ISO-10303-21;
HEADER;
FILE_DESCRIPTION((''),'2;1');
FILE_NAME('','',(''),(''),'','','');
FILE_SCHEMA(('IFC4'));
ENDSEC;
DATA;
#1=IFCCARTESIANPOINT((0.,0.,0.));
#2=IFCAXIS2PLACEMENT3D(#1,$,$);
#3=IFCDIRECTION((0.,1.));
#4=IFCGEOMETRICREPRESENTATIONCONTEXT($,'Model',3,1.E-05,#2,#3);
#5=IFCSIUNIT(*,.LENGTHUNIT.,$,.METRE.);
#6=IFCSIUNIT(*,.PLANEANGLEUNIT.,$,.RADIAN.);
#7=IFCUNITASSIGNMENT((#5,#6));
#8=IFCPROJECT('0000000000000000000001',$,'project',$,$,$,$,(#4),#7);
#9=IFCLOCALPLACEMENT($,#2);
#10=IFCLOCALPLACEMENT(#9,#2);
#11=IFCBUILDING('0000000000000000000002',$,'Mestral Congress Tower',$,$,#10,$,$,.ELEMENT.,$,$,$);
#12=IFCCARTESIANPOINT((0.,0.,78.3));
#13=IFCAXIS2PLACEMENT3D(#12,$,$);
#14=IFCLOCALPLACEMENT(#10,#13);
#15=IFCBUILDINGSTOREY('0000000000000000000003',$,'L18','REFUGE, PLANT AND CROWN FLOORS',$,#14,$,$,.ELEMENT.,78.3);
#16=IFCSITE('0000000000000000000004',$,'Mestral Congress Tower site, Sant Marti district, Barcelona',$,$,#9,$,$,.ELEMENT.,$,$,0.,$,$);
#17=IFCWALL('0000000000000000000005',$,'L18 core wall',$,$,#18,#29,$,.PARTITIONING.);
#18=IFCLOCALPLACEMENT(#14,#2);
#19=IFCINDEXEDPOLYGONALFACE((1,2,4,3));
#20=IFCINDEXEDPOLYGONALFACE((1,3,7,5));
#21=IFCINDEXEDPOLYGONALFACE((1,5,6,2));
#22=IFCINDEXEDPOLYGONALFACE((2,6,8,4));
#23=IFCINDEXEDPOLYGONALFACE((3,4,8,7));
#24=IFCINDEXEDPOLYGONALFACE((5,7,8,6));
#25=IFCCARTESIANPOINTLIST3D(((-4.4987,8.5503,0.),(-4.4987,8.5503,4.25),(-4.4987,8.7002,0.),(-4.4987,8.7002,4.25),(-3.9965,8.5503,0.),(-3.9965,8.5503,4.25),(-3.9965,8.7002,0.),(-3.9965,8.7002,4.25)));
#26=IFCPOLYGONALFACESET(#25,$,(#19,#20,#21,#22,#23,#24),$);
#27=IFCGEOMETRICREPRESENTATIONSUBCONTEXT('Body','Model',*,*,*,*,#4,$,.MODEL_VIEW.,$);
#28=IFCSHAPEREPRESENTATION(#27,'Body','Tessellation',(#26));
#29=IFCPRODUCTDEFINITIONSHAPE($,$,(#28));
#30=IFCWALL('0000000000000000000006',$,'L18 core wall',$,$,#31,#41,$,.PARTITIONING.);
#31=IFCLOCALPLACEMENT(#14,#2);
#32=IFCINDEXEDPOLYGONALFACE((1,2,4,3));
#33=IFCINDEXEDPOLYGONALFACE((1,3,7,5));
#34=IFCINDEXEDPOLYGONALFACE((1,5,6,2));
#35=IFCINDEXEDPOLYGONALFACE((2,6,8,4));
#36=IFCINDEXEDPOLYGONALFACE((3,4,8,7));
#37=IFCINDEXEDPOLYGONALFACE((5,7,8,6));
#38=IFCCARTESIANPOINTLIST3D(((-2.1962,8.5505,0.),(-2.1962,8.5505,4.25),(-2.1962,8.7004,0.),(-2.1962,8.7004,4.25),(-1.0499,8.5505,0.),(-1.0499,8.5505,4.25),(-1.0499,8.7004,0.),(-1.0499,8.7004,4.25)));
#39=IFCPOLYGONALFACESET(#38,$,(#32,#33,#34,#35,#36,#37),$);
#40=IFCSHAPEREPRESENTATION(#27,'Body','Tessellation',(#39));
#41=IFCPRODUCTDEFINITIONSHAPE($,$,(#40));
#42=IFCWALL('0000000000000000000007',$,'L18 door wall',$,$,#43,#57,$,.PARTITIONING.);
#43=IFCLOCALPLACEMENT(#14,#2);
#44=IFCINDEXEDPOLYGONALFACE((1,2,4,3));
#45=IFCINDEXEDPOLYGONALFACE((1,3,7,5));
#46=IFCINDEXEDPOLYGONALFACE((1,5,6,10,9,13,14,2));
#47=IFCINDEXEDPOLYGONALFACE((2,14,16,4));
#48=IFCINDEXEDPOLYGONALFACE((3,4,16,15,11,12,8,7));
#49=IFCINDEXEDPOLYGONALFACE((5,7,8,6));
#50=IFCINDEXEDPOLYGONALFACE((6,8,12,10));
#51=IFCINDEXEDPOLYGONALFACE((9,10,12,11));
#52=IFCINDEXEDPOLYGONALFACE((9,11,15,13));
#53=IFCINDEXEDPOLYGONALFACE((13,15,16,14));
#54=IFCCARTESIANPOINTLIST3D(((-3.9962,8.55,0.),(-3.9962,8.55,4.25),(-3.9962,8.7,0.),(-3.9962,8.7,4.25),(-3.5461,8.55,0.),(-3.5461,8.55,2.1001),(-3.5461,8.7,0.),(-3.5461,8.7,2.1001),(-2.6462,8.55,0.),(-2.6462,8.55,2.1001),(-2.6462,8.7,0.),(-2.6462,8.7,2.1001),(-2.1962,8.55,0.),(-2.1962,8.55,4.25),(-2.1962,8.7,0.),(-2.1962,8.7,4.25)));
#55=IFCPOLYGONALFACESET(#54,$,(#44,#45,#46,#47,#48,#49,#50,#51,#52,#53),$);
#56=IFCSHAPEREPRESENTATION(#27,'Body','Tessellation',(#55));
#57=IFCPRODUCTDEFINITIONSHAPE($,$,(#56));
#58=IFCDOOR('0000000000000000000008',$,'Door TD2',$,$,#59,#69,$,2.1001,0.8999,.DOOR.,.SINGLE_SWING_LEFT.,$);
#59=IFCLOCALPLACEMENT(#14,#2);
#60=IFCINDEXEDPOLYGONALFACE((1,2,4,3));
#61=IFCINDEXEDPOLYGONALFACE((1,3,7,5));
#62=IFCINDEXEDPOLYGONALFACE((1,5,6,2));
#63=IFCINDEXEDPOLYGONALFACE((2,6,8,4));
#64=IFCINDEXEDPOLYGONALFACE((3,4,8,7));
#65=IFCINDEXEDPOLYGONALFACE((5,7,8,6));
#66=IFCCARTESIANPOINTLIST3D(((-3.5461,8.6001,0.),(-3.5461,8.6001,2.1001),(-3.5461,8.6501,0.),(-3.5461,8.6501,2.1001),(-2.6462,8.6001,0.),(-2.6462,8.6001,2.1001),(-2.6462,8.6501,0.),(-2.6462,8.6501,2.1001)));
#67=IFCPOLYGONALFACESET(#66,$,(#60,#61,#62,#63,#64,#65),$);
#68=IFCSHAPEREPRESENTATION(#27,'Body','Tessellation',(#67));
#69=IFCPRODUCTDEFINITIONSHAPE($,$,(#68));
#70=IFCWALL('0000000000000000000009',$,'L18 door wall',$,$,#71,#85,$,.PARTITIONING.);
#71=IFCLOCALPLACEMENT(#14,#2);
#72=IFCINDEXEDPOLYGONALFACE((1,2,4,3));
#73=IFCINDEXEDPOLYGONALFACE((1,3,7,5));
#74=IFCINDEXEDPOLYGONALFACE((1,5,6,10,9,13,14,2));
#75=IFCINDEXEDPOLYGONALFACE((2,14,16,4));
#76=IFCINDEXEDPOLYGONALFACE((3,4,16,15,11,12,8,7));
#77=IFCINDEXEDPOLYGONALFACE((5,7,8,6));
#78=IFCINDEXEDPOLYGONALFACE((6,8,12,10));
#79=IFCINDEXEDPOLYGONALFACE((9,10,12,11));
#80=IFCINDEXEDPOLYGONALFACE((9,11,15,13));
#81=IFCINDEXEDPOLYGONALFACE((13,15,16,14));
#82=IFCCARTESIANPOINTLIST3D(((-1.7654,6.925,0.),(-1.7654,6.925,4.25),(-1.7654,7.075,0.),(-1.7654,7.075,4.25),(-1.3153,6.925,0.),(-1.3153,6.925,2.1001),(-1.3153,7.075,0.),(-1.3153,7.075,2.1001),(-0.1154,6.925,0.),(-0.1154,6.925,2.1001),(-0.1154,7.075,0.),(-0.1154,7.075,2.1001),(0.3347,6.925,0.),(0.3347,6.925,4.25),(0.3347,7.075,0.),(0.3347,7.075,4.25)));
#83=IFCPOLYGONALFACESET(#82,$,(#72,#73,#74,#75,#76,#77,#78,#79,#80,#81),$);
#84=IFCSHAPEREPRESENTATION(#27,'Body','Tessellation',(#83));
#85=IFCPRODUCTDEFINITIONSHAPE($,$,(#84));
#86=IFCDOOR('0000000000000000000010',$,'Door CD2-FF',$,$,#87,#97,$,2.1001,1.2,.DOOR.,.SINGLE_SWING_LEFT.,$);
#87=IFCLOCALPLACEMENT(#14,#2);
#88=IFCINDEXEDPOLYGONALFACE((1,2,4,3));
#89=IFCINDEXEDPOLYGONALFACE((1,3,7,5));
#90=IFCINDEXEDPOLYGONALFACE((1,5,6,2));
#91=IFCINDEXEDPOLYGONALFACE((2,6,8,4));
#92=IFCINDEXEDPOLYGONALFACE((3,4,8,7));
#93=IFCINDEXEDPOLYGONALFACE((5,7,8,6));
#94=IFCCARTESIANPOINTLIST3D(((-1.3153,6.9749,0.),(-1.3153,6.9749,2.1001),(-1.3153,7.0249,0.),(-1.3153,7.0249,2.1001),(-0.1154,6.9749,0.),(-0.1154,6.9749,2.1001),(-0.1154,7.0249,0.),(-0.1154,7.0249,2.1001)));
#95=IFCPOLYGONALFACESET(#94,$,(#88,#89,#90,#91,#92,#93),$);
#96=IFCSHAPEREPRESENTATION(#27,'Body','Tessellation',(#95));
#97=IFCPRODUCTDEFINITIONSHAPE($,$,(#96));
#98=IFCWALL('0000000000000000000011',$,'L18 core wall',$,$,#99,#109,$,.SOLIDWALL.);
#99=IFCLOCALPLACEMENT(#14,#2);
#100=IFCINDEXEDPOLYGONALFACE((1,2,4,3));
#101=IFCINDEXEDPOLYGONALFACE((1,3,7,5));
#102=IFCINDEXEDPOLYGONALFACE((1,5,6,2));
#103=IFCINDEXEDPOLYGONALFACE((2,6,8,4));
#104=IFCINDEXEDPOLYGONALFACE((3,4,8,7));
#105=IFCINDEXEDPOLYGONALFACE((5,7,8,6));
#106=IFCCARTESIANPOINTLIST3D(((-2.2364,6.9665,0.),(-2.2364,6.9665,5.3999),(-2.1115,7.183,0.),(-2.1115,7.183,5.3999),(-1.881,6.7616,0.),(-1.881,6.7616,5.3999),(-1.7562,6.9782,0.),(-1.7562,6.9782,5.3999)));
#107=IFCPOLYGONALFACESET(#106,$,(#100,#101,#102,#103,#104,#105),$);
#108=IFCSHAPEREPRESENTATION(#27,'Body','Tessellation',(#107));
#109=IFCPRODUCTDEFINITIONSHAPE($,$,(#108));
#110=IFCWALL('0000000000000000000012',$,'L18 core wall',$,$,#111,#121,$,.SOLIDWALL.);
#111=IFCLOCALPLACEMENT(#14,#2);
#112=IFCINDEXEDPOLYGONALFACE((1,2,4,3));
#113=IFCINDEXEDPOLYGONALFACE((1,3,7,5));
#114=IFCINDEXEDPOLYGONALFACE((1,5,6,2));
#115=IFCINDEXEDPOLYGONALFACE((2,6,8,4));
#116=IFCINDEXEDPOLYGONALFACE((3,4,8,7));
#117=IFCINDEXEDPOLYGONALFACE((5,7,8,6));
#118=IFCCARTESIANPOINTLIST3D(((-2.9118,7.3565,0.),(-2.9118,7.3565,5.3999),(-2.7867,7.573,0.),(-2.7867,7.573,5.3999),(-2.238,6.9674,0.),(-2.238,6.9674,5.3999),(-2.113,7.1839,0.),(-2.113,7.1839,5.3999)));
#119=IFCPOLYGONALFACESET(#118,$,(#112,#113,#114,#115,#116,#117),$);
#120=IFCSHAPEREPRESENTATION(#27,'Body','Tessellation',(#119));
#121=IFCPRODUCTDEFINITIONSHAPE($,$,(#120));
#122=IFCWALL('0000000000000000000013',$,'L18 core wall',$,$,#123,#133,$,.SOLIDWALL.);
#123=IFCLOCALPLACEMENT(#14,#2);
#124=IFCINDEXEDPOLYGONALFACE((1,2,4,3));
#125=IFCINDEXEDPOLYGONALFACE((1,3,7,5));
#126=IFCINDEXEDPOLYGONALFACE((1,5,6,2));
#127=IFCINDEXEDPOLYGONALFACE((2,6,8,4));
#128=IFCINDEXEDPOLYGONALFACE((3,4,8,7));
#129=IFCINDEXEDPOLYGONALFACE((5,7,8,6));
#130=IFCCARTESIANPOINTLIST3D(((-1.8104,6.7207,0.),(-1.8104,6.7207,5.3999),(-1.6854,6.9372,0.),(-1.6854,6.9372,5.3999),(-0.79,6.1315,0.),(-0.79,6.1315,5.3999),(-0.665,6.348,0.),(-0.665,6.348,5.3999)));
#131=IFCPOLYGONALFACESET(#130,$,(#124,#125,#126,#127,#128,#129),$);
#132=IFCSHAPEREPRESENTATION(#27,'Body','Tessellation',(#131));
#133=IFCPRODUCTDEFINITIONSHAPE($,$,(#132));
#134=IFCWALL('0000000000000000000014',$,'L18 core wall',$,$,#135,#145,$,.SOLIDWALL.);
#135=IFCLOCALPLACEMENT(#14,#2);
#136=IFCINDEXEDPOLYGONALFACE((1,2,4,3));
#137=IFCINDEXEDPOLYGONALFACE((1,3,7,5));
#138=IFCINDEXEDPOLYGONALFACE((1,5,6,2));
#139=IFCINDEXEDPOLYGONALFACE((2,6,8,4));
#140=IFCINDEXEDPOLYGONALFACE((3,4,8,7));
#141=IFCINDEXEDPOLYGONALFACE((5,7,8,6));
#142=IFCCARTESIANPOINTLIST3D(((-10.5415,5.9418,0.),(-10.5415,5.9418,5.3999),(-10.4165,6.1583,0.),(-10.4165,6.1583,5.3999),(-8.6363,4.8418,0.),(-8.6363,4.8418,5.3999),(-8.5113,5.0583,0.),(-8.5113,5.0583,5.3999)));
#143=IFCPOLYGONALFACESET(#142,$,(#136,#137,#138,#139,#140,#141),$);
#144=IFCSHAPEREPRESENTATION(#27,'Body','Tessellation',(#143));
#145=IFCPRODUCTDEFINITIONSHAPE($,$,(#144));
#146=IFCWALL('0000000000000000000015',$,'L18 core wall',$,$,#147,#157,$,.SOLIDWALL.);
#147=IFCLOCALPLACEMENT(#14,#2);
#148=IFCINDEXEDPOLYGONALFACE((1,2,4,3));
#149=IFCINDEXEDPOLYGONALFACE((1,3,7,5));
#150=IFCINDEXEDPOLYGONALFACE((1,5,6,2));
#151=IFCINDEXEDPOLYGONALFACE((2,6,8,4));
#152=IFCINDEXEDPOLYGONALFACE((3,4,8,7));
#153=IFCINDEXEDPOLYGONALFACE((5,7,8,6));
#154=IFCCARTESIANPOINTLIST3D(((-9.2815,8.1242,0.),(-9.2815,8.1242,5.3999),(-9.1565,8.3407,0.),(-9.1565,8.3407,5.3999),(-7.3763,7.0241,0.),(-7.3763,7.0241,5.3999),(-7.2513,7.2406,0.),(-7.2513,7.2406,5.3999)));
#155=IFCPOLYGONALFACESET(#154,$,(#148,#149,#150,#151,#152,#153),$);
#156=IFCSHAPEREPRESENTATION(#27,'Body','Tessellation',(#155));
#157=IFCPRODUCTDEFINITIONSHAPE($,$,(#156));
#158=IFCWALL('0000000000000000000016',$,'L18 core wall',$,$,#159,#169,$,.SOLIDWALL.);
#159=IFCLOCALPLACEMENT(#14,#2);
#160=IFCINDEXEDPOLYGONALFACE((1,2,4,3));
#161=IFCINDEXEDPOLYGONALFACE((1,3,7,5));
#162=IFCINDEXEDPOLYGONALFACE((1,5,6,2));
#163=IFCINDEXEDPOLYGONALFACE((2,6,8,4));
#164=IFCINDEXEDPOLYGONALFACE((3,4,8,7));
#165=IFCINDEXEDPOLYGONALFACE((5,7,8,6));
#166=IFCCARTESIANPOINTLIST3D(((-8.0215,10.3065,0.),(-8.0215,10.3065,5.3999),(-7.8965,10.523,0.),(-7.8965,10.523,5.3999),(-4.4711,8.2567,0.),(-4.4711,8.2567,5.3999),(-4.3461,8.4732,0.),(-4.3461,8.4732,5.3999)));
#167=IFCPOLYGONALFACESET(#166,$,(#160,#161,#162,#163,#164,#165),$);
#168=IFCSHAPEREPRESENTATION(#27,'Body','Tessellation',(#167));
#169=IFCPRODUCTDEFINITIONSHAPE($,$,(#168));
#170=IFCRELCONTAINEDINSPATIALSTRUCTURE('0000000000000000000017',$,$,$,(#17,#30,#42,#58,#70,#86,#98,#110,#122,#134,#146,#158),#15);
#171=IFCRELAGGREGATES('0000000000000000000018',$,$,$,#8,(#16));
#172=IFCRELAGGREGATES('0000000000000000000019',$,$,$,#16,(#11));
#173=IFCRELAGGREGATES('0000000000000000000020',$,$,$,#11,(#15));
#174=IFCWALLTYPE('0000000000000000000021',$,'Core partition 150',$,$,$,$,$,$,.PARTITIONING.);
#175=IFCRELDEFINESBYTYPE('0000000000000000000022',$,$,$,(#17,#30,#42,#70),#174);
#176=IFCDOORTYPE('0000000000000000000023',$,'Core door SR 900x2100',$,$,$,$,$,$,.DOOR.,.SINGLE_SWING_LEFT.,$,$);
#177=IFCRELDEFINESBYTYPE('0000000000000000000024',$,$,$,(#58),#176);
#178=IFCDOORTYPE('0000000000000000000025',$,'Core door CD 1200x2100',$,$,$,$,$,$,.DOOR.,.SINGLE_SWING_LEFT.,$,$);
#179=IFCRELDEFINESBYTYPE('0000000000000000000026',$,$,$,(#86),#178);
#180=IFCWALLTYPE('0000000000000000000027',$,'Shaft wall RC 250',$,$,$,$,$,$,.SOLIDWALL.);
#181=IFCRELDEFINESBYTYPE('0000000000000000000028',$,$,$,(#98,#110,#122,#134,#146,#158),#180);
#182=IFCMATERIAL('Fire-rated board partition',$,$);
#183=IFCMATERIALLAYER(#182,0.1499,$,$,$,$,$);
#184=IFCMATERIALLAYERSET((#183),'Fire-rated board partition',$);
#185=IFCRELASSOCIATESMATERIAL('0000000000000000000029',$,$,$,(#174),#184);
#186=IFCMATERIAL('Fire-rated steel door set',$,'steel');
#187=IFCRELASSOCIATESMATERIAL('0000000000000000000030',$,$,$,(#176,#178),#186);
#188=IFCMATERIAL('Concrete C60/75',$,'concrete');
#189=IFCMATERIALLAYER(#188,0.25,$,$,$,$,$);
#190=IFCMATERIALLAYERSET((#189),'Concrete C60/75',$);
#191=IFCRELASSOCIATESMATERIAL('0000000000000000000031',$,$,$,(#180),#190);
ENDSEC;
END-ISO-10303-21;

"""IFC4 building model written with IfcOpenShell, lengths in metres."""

from ifc_helpers import new_model, si_unit, direction, frame, frame_2d, origin, place, context, subcontext, project, spatial, rectangle, extrude, material, layer, layer_set, type_object, element, fill, save


model = new_model("IFC4")

# Units and contexts
model_context = context("Model", 3, precision=1e-05, world=origin(), true_north=direction((0.0, 1.0)))
body_context = subcontext(model_context, "Body", "Model", "MODEL_VIEW")
ifc_project = project(units=[si_unit("LENGTHUNIT", "METRE"), si_unit("PLANEANGLEUNIT", "RADIAN")], contexts=[model_context])

# Site, building, storey
site_placement = place(None, origin())
site = spatial("IfcSite", under=ifc_project, at=site_placement, Name="Mestral Congress Tower site, Sant Marti district, Barcelona", CompositionType="ELEMENT", RefElevation=0.0)
building_placement = place(site_placement, origin())
building = spatial("IfcBuilding", under=site, at=building_placement, Name="Mestral Congress Tower", CompositionType="ELEMENT")
storey_placement = place(building_placement, frame((0.0, 0.0, 78.3)))
storey = spatial("IfcBuildingStorey", under=building, at=storey_placement, Name="L18", Description="REFUGE, PLANT AND CROWN FLOORS", CompositionType="ELEMENT", Elevation=78.3)

# Walls
ifc_material_1 = material(Name="Fire-rated board partition")
ifc_layer_1 = layer(ifc_material_1, 0.1499)
ifc_layer_set_1 = layer_set([ifc_layer_1], Name="Fire-rated board partition")
wall_type_1 = type_object("IfcWallType", Name="Core partition 150", PredefinedType="PARTITIONING", material=ifc_layer_set_1)
wall_1_placement = place(storey_placement, frame((-3.9966, 8.6252, 0.0), z_axis=(0.0, 0.0, 1.0), x_axis=(-1.0, 0.0, 0.0)))
element("IfcWall", 1, at=wall_1_placement, inside=storey, type_object=wall_type_1, Name="L18 core wall", PredefinedType="PARTITIONING", context=body_context, shape_type="SweptSolid", body=[
    extrude(rectangle(XDim=0.5022, YDim=0.1499, at=frame_2d((0.251, 0.0))), origin(), (0.0, 0.0, 1.0), 4.25),
])
wall_2_placement = place(storey_placement, frame((-2.1963, 8.6255, 0.0), z_axis=(0.0, 0.0, 1.0), x_axis=(1.0, 0.0, 0.0)))
element("IfcWall", 2, at=wall_2_placement, inside=storey, type_object=wall_type_1, Name="L18 core wall", PredefinedType="PARTITIONING", context=body_context, shape_type="SweptSolid", body=[
    extrude(rectangle(XDim=1.1462, YDim=0.1499, at=frame_2d((0.5732, 0.0))), origin(), (0.0, 0.0, 1.0), 4.25),
])

# Walls, openings, doors
wall_3_placement = place(storey_placement, frame((-2.1963, 8.625, 0.0), z_axis=(0.0, 0.0, 1.0), x_axis=(-1.0, 0.0, 0.0)))
wall_3 = element("IfcWall", 3, at=wall_3_placement, inside=storey, type_object=wall_type_1, Name="L18 door wall", PredefinedType="PARTITIONING", context=body_context, shape_type="SweptSolid", body=[
    extrude(rectangle(XDim=1.8, YDim=0.1499, at=frame_2d((0.8999, 0.0))), origin(), (0.0, 0.0, 1.0), 4.25),
])
opening_1_placement = place(wall_3_placement, frame((0.45, 0.0, 0.0)))
opening_1 = element("IfcOpeningElement", 4, at=opening_1_placement, cuts=wall_3, PredefinedType="OPENING", context=body_context, shape_type="SweptSolid", body=[
    extrude(rectangle(XDim=0.8999, YDim=2.1001, at=frame_2d((0.45, 1.05))), frame((0.0, 0.085, 0.0), z_axis=(0.0, -1.0, 0.0), x_axis=(1.0, 0.0, 0.0)), (0.0, 0.0, 1.0), 0.1699),
])
ifc_material_2 = material(Name="Fire-rated steel door set", Category="steel")
door_type_1 = type_object("IfcDoorType", Name="Core door SR 900x2100", OperationType="SINGLE_SWING_LEFT", PredefinedType="DOOR", material=ifc_material_2)
door_1_placement = place(opening_1_placement, origin())
door_1 = element("IfcDoor", 5, at=door_1_placement, inside=storey, type_object=door_type_1, Name="Door TD2", OperationType="SINGLE_SWING_LEFT", OverallHeight=2.1001, OverallWidth=0.8999, PredefinedType="DOOR", context=body_context, shape_type="SweptSolid", body=[
    extrude(rectangle(XDim=0.8999, YDim=2.1001, at=frame_2d((0.45, 1.05))), frame((0.0, 0.0249, 0.0), z_axis=(0.0, -1.0, 0.0), x_axis=(1.0, 0.0, 0.0)), (0.0, 0.0, 1.0), 0.05),
])
fill(opening_1, door_1)
wall_4_placement = place(storey_placement, frame((-1.7654, 7.0, 0.0), z_axis=(0.0, 0.0, 1.0), x_axis=(1.0, 0.0, 0.0)))
wall_4 = element("IfcWall", 6, at=wall_4_placement, inside=storey, type_object=wall_type_1, Name="L18 door wall", PredefinedType="PARTITIONING", context=body_context, shape_type="SweptSolid", body=[
    extrude(rectangle(XDim=2.1001, YDim=0.1499, at=frame_2d((1.05, 0.0))), origin(), (0.0, 0.0, 1.0), 4.25),
])
opening_2_placement = place(wall_4_placement, frame((0.45, 0.0, 0.0)))
opening_2 = element("IfcOpeningElement", 7, at=opening_2_placement, cuts=wall_4, PredefinedType="OPENING", context=body_context, shape_type="SweptSolid", body=[
    extrude(rectangle(XDim=1.2, YDim=2.1001, at=frame_2d((0.6001, 1.05))), frame((0.0, 0.085, 0.0), z_axis=(0.0, -1.0, 0.0), x_axis=(1.0, 0.0, 0.0)), (0.0, 0.0, 1.0), 0.1699),
])
door_type_2 = type_object("IfcDoorType", Name="Core door CD 1200x2100", OperationType="SINGLE_SWING_LEFT", PredefinedType="DOOR", material=ifc_material_2)
door_2_placement = place(opening_2_placement, origin())
door_2 = element("IfcDoor", 8, at=door_2_placement, inside=storey, type_object=door_type_2, Name="Door CD2-FF", OperationType="SINGLE_SWING_LEFT", OverallHeight=2.1001, OverallWidth=1.2, PredefinedType="DOOR", context=body_context, shape_type="SweptSolid", body=[
    extrude(rectangle(XDim=1.2, YDim=2.1001, at=frame_2d((0.6001, 1.05))), frame((0.0, 0.0249, 0.0), z_axis=(0.0, -1.0, 0.0), x_axis=(1.0, 0.0, 0.0)), (0.0, 0.0, 1.0), 0.05),
])
fill(opening_2, door_2)

# Walls
ifc_material_3 = material(Name="Concrete C60/75", Category="concrete")
ifc_layer_2 = layer(ifc_material_3, 0.25)
ifc_layer_set_2 = layer_set([ifc_layer_2], Name="Concrete C60/75")
wall_type_2 = type_object("IfcWallType", Name="Shaft wall RC 250", PredefinedType="SOLIDWALL", material=ifc_layer_set_2)
wall_5_placement = place(storey_placement, frame((-1.8186, 6.8699, 0.0), z_axis=(0.0, 0.0, 1.0), x_axis=(-0.866295, 0.499533, 0.0)))
element("IfcWall", 9, at=wall_5_placement, inside=storey, type_object=wall_type_2, Name="L18 core wall", PredefinedType="SOLIDWALL", context=body_context, shape_type="SweptSolid", body=[
    extrude(rectangle(XDim=0.4102, YDim=0.25, at=frame_2d((0.2051, 0.0))), origin(), (0.0, 0.0, 1.0), 5.3999),
])
wall_6_placement = place(storey_placement, frame((-2.8494, 7.4648, 0.0), z_axis=(0.0, 0.0, 1.0), x_axis=(0.865956, -0.500121, 0.0)))
element("IfcWall", 10, at=wall_6_placement, inside=storey, type_object=wall_type_2, Name="L18 core wall", PredefinedType="SOLIDWALL", context=body_context, shape_type="SweptSolid", body=[
    extrude(rectangle(XDim=0.7781, YDim=0.25, at=frame_2d((0.3892, 0.0))), origin(), (0.0, 0.0, 1.0), 5.3999),
])
wall_7_placement = place(storey_placement, frame((-0.7275, 6.2397, 0.0), z_axis=(0.0, 0.0, 1.0), x_axis=(-0.866003, 0.500039, 0.0)))
element("IfcWall", 11, at=wall_7_placement, inside=storey, type_object=wall_type_2, Name="L18 core wall", PredefinedType="SOLIDWALL", context=body_context, shape_type="SweptSolid", body=[
    extrude(rectangle(XDim=1.1782, YDim=0.25, at=frame_2d((0.5891, 0.0))), origin(), (0.0, 0.0, 1.0), 5.3999),
])
for number, where, z_axis, x_axis, name in (
    (12, (-8.5737, 4.95, 0.0), (0.0, 0.0, 1.0), (-0.866008, 0.50003, 0.0), "L18 core wall"),
    (13, (-7.3137, 7.1323, 0.0), (0.0, 0.0, 1.0), (-0.866008, 0.50003, 0.0), "L18 core wall"),
):
    element("IfcWall", number, at=place(storey_placement, frame(where, z_axis=z_axis, x_axis=x_axis)), inside=storey, type_object=wall_type_2, Name=name, PredefinedType="SOLIDWALL", context=body_context, shape_type="SweptSolid", body=[
        extrude(rectangle(XDim=2.2, YDim=0.25, at=frame_2d((1.1001, 0.0))), origin(), (0.0, 0.0, 1.0), 5.3999),
    ])
wall_8_placement = place(storey_placement, frame((-7.959, 10.4148, 0.0), z_axis=(0.0, 0.0, 1.0), x_axis=(0.866021, -0.500008, 0.0)))
element("IfcWall", 14, at=wall_8_placement, inside=storey, type_object=wall_type_2, Name="L18 core wall", PredefinedType="SOLIDWALL", context=body_context, shape_type="SweptSolid", body=[
    extrude(rectangle(XDim=4.0996, YDim=0.25, at=frame_2d((2.0498, 0.0))), origin(), (0.0, 0.0, 1.0), 5.3999),
])

save(model, "model.ifc")
